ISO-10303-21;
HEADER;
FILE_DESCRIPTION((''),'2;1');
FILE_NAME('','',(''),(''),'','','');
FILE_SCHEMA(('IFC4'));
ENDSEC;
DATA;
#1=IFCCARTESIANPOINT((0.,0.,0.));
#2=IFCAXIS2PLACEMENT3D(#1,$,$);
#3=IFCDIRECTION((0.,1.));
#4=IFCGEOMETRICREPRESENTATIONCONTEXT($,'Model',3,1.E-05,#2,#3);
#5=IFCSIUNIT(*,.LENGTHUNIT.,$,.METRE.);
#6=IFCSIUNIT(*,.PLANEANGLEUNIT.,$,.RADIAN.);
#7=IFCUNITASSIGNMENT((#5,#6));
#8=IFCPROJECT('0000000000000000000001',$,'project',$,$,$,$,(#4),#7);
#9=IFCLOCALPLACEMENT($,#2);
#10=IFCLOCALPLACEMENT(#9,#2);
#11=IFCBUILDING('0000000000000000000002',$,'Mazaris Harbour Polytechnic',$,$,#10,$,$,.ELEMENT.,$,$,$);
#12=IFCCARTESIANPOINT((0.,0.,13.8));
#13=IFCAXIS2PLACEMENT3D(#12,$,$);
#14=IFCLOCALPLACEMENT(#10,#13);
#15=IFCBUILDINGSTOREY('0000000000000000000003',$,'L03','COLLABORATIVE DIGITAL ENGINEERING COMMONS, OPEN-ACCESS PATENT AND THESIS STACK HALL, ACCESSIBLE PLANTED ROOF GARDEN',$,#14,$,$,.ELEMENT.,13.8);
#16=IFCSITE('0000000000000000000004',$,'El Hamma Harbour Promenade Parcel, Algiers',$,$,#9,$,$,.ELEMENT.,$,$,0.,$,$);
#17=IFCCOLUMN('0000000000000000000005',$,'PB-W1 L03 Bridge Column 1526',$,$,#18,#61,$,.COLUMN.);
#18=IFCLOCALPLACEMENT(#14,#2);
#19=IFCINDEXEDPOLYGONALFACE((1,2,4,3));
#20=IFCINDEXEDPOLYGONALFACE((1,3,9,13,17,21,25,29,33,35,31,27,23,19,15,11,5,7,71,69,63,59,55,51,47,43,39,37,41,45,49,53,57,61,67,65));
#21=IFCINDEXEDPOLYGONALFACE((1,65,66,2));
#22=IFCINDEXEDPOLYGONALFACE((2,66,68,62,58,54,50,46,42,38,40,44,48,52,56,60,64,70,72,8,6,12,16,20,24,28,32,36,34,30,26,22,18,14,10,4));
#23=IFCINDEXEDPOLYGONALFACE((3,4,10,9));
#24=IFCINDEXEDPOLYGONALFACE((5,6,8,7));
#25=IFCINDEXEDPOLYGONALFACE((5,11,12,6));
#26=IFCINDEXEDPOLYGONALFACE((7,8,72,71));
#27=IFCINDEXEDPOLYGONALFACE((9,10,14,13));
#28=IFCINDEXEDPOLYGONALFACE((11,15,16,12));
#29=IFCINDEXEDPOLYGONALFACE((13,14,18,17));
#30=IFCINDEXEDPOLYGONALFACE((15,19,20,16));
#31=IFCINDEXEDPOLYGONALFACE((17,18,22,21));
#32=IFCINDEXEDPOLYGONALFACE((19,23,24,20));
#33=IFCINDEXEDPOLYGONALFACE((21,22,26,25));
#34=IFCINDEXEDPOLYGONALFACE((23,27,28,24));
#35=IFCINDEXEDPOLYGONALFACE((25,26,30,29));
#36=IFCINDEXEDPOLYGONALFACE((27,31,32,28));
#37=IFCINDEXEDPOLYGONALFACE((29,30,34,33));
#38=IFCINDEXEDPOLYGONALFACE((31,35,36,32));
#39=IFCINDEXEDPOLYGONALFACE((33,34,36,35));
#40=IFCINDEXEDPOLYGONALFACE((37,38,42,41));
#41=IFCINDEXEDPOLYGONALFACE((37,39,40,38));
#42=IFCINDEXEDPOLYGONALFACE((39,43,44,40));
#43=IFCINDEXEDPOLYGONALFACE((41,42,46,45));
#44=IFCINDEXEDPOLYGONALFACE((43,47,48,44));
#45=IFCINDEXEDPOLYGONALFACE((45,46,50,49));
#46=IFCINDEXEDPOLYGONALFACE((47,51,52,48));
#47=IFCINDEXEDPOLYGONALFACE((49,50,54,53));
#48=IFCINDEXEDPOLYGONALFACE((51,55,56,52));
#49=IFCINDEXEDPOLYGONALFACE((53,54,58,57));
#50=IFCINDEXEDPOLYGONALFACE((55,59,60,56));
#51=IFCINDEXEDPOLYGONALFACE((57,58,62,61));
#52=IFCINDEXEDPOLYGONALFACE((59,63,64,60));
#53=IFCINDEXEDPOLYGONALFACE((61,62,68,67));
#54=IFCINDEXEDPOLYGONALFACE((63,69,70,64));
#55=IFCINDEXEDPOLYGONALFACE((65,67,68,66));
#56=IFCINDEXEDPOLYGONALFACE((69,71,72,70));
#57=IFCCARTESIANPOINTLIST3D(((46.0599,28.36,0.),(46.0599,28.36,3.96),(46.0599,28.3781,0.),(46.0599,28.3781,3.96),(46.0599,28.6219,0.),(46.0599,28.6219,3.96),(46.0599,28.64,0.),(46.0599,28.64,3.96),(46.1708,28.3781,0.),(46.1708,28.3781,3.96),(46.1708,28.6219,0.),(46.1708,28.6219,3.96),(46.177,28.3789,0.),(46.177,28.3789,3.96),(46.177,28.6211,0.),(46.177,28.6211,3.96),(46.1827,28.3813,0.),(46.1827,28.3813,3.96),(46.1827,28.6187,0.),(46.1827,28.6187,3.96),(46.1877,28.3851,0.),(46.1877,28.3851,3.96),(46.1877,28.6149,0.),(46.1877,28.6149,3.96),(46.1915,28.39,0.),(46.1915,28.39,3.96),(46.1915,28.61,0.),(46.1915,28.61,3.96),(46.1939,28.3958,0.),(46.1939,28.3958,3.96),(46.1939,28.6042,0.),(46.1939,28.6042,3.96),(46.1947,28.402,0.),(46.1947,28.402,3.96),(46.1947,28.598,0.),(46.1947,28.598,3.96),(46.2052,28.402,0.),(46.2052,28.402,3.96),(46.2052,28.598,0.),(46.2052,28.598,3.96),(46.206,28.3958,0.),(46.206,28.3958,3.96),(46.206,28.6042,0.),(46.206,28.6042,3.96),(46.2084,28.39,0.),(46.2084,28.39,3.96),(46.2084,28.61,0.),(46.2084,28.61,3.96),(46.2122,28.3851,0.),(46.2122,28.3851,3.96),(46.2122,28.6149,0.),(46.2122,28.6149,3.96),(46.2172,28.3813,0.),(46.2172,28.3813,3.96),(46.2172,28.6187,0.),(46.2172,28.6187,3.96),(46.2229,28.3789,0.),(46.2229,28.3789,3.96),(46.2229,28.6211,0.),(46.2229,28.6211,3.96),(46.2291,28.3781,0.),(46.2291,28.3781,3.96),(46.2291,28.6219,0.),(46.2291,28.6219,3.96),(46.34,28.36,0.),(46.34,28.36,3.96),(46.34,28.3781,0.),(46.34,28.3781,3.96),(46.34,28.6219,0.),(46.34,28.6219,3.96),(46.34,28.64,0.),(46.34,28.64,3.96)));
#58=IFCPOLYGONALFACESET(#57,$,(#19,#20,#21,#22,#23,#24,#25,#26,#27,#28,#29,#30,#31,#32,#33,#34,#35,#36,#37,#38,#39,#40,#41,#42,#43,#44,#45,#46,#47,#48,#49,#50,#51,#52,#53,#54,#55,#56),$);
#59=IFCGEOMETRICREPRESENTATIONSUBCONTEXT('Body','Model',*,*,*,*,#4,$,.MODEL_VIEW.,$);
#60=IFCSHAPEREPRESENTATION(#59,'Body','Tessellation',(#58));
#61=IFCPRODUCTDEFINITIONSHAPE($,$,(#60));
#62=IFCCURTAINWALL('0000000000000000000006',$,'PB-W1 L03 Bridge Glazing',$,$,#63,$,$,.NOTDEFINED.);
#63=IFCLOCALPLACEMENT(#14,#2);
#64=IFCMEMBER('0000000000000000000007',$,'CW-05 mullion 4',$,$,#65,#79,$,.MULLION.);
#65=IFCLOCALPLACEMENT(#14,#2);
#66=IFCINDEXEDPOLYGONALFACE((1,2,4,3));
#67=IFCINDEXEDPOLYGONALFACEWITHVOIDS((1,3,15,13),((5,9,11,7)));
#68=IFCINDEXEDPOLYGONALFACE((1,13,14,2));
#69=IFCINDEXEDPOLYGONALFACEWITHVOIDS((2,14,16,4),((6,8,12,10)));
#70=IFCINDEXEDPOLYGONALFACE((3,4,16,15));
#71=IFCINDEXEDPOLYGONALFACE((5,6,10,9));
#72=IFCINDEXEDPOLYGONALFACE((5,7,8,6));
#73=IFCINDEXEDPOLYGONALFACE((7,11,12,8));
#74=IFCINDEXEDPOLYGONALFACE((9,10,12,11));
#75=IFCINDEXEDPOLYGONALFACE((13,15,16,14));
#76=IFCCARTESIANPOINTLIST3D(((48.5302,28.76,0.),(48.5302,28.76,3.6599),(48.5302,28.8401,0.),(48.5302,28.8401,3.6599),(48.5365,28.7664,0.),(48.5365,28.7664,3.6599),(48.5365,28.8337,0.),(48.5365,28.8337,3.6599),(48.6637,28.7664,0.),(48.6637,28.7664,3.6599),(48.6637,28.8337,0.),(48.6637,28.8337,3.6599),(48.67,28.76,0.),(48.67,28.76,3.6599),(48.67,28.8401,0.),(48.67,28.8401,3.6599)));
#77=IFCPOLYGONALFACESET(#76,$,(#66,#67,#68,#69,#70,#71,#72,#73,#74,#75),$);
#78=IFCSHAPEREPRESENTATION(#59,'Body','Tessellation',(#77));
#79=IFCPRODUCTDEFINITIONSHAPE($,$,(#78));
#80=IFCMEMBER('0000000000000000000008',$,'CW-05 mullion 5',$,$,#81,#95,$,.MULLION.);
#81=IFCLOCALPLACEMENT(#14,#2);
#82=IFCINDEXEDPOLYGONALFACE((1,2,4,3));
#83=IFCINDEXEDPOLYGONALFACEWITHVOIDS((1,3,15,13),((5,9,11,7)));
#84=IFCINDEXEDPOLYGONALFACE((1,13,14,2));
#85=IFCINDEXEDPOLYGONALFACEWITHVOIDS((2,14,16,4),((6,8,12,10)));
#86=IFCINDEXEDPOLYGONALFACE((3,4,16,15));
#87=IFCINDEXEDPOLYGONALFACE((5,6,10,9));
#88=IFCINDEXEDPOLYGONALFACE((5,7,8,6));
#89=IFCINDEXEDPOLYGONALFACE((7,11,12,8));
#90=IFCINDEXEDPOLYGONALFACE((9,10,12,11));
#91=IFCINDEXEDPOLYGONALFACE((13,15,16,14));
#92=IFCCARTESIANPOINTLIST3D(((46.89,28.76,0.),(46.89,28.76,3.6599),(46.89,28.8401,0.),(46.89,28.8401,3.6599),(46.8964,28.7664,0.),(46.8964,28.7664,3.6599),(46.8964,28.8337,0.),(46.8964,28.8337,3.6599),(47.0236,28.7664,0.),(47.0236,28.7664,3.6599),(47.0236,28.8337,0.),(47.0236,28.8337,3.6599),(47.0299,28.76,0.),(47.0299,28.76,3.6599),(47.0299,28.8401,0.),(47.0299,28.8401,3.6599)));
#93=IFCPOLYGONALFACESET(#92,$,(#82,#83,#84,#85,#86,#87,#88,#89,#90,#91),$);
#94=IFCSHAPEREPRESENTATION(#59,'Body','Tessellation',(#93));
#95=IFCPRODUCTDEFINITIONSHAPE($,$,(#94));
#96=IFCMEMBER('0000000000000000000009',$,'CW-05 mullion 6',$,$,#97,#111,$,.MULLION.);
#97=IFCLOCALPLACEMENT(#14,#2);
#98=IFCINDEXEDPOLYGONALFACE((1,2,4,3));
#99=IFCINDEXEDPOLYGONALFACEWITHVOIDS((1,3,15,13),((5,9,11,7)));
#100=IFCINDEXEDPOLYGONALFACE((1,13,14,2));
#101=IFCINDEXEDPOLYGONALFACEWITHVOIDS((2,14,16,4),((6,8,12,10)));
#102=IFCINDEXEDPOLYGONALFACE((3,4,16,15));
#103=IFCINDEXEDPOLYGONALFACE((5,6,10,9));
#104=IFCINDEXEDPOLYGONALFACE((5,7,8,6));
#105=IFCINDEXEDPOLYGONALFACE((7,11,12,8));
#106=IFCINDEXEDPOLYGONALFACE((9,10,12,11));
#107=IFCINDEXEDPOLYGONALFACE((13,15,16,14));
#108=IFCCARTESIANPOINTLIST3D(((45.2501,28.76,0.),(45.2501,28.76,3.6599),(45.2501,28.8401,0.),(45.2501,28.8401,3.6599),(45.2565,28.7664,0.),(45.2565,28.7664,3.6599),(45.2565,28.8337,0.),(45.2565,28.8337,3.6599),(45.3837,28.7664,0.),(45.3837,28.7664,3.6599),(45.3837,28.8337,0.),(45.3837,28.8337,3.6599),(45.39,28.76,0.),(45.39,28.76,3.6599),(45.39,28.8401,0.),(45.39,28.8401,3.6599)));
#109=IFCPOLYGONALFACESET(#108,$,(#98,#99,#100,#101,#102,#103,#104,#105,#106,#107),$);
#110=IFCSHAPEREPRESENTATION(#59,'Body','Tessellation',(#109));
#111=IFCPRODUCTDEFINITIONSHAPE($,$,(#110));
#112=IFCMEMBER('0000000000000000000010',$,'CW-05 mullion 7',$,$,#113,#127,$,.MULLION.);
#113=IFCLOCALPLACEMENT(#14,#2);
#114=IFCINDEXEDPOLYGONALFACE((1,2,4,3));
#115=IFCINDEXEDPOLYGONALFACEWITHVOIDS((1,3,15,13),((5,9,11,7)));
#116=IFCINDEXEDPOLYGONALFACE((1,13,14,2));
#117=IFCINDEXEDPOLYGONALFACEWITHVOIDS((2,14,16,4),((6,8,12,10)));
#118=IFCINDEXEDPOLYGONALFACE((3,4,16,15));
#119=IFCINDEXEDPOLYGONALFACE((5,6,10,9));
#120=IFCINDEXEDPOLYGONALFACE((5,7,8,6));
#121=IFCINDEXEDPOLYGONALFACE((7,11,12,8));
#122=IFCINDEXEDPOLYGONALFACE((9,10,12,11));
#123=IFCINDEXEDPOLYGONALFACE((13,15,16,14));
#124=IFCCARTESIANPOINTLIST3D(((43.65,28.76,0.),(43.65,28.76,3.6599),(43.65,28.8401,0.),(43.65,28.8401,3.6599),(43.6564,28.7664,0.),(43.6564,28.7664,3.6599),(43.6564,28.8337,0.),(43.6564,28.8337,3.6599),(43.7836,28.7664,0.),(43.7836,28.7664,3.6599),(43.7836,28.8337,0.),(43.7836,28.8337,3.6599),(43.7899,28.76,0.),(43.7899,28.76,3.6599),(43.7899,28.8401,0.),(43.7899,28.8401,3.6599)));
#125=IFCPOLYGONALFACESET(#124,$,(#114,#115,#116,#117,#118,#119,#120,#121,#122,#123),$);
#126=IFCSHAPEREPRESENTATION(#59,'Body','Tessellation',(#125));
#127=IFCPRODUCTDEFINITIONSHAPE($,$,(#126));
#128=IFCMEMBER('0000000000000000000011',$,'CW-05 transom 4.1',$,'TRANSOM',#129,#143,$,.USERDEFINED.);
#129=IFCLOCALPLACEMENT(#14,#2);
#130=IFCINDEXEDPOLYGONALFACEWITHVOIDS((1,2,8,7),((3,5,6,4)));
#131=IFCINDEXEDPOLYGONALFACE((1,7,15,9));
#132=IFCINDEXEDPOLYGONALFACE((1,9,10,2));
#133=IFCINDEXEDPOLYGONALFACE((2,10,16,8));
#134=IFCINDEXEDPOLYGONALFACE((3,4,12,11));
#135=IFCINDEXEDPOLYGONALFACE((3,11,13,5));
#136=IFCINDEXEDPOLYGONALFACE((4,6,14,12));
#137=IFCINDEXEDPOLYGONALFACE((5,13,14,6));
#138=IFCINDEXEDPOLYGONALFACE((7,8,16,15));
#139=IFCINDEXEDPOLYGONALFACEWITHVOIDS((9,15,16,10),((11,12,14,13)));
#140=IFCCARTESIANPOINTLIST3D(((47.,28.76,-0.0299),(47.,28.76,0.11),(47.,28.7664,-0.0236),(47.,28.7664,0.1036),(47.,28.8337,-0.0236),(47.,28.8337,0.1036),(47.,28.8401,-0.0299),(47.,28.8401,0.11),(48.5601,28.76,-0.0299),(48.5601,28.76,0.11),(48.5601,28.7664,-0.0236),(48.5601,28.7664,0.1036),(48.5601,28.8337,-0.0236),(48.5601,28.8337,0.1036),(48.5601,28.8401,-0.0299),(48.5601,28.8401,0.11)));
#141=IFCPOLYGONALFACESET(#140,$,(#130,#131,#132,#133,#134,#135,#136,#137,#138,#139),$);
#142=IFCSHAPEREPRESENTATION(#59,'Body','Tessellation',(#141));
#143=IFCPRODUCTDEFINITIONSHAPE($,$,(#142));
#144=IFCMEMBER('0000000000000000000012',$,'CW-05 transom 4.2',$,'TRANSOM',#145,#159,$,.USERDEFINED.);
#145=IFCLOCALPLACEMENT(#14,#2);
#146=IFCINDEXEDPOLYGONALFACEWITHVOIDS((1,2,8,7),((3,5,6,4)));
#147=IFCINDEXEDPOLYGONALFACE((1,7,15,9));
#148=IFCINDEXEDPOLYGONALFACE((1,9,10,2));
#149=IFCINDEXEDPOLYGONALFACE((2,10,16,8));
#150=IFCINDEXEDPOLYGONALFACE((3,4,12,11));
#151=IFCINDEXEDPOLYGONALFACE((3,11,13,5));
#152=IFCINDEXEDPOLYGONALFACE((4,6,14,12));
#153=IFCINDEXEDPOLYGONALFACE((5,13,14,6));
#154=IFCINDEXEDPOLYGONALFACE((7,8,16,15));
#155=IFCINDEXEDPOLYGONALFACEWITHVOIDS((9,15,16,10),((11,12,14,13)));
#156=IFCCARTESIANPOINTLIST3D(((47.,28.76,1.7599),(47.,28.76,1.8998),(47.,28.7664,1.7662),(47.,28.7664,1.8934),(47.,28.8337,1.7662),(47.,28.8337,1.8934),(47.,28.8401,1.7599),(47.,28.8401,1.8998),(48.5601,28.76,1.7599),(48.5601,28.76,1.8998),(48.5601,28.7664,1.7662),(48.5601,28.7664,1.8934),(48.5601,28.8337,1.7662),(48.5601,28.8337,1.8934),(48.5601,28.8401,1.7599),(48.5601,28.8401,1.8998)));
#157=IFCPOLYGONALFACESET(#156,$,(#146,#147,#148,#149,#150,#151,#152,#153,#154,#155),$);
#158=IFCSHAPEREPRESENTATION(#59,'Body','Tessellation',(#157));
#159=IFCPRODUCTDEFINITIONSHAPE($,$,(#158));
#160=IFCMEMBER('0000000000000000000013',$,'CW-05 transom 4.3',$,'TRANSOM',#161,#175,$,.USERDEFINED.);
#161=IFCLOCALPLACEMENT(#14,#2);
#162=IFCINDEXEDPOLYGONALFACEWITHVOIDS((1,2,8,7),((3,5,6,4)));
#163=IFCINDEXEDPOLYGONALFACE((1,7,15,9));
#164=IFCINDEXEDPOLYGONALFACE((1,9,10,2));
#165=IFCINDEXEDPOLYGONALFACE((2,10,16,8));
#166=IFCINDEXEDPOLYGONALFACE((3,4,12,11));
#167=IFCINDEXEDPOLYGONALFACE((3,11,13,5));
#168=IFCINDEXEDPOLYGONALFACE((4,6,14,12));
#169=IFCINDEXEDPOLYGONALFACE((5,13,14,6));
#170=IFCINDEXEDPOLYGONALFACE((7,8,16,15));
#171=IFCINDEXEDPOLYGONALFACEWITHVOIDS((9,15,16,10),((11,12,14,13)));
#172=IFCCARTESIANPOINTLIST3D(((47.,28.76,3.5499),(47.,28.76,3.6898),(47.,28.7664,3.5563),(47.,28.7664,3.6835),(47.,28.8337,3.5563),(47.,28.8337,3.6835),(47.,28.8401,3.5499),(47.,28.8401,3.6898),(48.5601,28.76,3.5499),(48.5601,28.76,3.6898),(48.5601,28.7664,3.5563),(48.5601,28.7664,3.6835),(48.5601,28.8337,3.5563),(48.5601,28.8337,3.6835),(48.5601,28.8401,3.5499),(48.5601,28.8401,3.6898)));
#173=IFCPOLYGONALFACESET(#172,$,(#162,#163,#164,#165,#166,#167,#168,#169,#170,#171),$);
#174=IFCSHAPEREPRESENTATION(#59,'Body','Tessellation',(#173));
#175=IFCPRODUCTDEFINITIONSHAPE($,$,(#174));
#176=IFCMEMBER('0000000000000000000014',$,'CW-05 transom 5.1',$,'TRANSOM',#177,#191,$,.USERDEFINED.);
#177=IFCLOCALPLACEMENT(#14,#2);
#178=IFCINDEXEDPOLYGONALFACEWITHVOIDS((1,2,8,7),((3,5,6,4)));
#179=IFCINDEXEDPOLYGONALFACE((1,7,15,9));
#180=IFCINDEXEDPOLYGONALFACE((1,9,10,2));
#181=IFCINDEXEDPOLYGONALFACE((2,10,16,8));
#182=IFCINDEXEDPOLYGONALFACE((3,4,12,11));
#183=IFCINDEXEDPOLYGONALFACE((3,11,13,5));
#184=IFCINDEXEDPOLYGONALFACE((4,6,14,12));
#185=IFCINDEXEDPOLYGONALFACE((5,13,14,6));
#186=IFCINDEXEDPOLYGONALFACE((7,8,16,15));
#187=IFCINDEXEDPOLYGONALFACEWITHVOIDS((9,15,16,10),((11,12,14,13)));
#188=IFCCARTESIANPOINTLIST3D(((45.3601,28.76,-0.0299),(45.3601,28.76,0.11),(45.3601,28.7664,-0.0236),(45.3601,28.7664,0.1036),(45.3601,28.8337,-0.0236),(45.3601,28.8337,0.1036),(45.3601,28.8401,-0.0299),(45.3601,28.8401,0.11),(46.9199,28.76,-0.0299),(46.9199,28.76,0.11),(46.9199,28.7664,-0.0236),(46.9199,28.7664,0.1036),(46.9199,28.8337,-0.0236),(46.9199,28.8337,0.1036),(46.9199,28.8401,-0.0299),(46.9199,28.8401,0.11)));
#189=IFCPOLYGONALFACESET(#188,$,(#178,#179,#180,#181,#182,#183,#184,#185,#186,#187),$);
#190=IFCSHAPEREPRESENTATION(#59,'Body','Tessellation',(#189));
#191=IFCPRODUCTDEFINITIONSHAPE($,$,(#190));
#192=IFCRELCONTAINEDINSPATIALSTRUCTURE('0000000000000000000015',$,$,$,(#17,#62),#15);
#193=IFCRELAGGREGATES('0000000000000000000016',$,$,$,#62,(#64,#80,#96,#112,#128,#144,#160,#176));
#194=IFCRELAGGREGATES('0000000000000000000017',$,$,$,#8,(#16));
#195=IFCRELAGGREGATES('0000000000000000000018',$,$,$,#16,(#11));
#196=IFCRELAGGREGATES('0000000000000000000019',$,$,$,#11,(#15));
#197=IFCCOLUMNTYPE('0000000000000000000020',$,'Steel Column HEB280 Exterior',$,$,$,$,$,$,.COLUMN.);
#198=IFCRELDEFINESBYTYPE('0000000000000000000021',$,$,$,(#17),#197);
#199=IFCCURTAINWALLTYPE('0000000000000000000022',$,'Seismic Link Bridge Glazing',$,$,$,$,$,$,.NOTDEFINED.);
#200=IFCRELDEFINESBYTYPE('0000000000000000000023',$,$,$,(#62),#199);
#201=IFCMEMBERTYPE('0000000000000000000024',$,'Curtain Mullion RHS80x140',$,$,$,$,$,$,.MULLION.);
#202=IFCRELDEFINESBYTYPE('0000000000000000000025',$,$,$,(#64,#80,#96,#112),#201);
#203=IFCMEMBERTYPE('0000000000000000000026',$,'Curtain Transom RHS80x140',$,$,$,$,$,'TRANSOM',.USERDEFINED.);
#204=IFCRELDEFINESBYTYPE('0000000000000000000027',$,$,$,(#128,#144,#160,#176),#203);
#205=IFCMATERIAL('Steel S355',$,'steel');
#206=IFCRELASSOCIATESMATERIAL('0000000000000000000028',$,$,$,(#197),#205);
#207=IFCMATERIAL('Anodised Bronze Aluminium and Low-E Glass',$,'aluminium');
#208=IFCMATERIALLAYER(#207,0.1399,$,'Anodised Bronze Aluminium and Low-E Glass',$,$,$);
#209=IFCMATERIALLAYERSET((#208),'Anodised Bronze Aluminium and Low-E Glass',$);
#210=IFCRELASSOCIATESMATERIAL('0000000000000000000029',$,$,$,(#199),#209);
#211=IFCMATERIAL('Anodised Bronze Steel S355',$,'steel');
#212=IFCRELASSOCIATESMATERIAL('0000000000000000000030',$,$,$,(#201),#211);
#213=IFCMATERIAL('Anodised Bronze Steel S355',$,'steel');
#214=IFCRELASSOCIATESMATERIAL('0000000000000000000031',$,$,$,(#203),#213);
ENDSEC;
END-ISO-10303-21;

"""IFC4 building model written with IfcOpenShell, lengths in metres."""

from ifc_helpers import new_model, si_unit, direction, frame, origin, origin_2d, place, context, subcontext, project, spatial, hollow_rectangle, i_section, extrude, material, layer, layer_set, material_profile, profile_set, type_object, element, aggregate, save


model = new_model("IFC4")

# Units and contexts
model_context = context("Model", 3, precision=1e-05, world=origin(), true_north=direction((0.0, 1.0)))
body_context = subcontext(model_context, "Body", "Model", "MODEL_VIEW")
ifc_project = project(units=[si_unit("LENGTHUNIT", "METRE"), si_unit("PLANEANGLEUNIT", "RADIAN")], contexts=[model_context])

# Site, building, storey
site_placement = place(None, origin())
site = spatial("IfcSite", under=ifc_project, at=site_placement, Name="El Hamma Harbour Promenade Parcel, Algiers", CompositionType="ELEMENT", RefElevation=0.0)
building_placement = place(site_placement, origin())
building = spatial("IfcBuilding", under=site, at=building_placement, Name="Mazaris Harbour Polytechnic", CompositionType="ELEMENT")
storey_placement = place(building_placement, frame((0.0, 0.0, 13.8)))
storey = spatial("IfcBuildingStorey", under=building, at=storey_placement, Name="L03", Description="COLLABORATIVE DIGITAL ENGINEERING COMMONS, OPEN-ACCESS PATENT AND THESIS STACK HALL, ACCESSIBLE PLANTED ROOF GARDEN", CompositionType="ELEMENT", Elevation=13.8)

# Column
ifc_material_1 = material(Name="Steel S355", Category="steel")
ifc_material_profile_1 = material_profile(ifc_material_1, i_section(OverallWidth=0.28, OverallDepth=0.28, WebThickness=0.0105, FlangeThickness=0.0181, FilletRadius=0.0239, at=origin_2d()), Name="HEB 280")
ifc_profile_set_1 = profile_set([ifc_material_profile_1], Name="Steel S355")
column_type = type_object("IfcColumnType", Name="Steel Column HEB280 Exterior", PredefinedType="COLUMN", material=ifc_profile_set_1)
column_placement = place(storey_placement, frame((46.2, 28.5, 0.0), z_axis=(0.0, 0.0, 1.0), x_axis=(1.0, 0.0, 0.0)))
element("IfcColumn", 1, at=column_placement, inside=storey, type_object=column_type, Name="PB-W1 L03 Bridge Column 1526", PredefinedType="COLUMN", context=body_context, shape_type="SweptSolid", body=[
    extrude(i_section(OverallWidth=0.28, OverallDepth=0.28, WebThickness=0.0105, FlangeThickness=0.0181, FilletRadius=0.0239, at=origin_2d()), origin(), (0.0, 0.0, 1.0), 3.96),
])

# Curtain wall, members
ifc_material_2 = material(Name="Anodised Bronze Aluminium and Low-E Glass", Category="aluminium")
ifc_layer_1 = layer(ifc_material_2, 0.1399, Name="Anodised Bronze Aluminium and Low-E Glass")
ifc_layer_set_1 = layer_set([ifc_layer_1], Name="Anodised Bronze Aluminium and Low-E Glass")
curtain_wall_type = type_object("IfcCurtainWallType", Name="Seismic Link Bridge Glazing", PredefinedType="NOTDEFINED", material=ifc_layer_set_1)
curtain_wall_placement = place(storey_placement, origin())
curtain_wall = element("IfcCurtainWall", 2, at=curtain_wall_placement, inside=storey, type_object=curtain_wall_type, Name="PB-W1 L03 Bridge Glazing", PredefinedType="NOTDEFINED")
ifc_material_3 = material(Name="Anodised Bronze Steel S355", Category="steel")
ifc_material_profile_2 = material_profile(ifc_material_3, hollow_rectangle(XDim=0.0801, YDim=0.1399, WallThickness=0.0063, at=origin_2d()), Name="RHS 80x140x6.3")
ifc_profile_set_2 = profile_set([ifc_material_profile_2], Name="Anodised Bronze Steel S355")
member_type_1 = type_object("IfcMemberType", Name="Curtain Mullion RHS80x140", PredefinedType="MULLION", material=ifc_profile_set_2)
member_1_placement = place(storey_placement, frame((48.6001, 28.8, 0.0), z_axis=(0.0, 0.0, 1.0), x_axis=(0.0, -1.0, 0.0)))
member_1 = element("IfcMember", 3, at=member_1_placement, type_object=member_type_1, Name="CW-05 mullion 4", PredefinedType="MULLION", context=body_context, shape_type="SweptSolid", body=[
    extrude(hollow_rectangle(XDim=0.0801, YDim=0.1399, WallThickness=0.0063, at=origin_2d()), origin(), (0.0, 0.0, 1.0), 3.6599),
])
member_2_placement = place(storey_placement, frame((46.96, 28.8, 0.0), z_axis=(0.0, 0.0, 1.0), x_axis=(0.0, -1.0, 0.0)))
member_2 = element("IfcMember", 4, at=member_2_placement, type_object=member_type_1, Name="CW-05 mullion 5", PredefinedType="MULLION", context=body_context, shape_type="SweptSolid", body=[
    extrude(hollow_rectangle(XDim=0.0801, YDim=0.1399, WallThickness=0.0063, at=origin_2d()), origin(), (0.0, 0.0, 1.0), 3.6599),
])
member_3_placement = place(storey_placement, frame((45.3201, 28.8, 0.0), z_axis=(0.0, 0.0, 1.0), x_axis=(0.0, -1.0, 0.0)))
member_3 = element("IfcMember", 5, at=member_3_placement, type_object=member_type_1, Name="CW-05 mullion 6", PredefinedType="MULLION", context=body_context, shape_type="SweptSolid", body=[
    extrude(hollow_rectangle(XDim=0.0801, YDim=0.1399, WallThickness=0.0063, at=origin_2d()), origin(), (0.0, 0.0, 1.0), 3.6599),
])
member_4_placement = place(storey_placement, frame((43.72, 28.8, 0.0), z_axis=(0.0, 0.0, 1.0), x_axis=(0.0, -1.0, 0.0)))
member_4 = element("IfcMember", 6, at=member_4_placement, type_object=member_type_1, Name="CW-05 mullion 7", PredefinedType="MULLION", context=body_context, shape_type="SweptSolid", body=[
    extrude(hollow_rectangle(XDim=0.0801, YDim=0.1399, WallThickness=0.0063, at=origin_2d()), origin(), (0.0, 0.0, 1.0), 3.6599),
])
ifc_material_4 = material(Name="Anodised Bronze Steel S355", Category="steel")
ifc_material_profile_3 = material_profile(ifc_material_4, hollow_rectangle(XDim=0.0801, YDim=0.1399, WallThickness=0.0063, at=origin_2d()), Name="RHS 80x140x6.3")
ifc_profile_set_3 = profile_set([ifc_material_profile_3], Name="Anodised Bronze Steel S355")
member_type_2 = type_object("IfcMemberType", Name="Curtain Transom RHS80x140", ElementType="TRANSOM", PredefinedType="USERDEFINED", material=ifc_profile_set_3)
member_5_placement = place(storey_placement, frame((48.5601, 28.8, 0.04), z_axis=(-1.0, 0.0, 0.0), x_axis=(0.0, -1.0, 0.0)))
member_5 = element("IfcMember", 7, at=member_5_placement, type_object=member_type_2, Name="CW-05 transom 4.1", ObjectType="TRANSOM", PredefinedType="USERDEFINED", context=body_context, shape_type="SweptSolid", body=[
    extrude(hollow_rectangle(XDim=0.0801, YDim=0.1399, WallThickness=0.0063, at=origin_2d()), origin(), (0.0, 0.0, 1.0), 1.5601),
])
member_6_placement = place(storey_placement, frame((48.5601, 28.8, 1.8298), z_axis=(-1.0, 0.0, 0.0), x_axis=(0.0, -1.0, 0.0)))
member_6 = element("IfcMember", 8, at=member_6_placement, type_object=member_type_2, Name="CW-05 transom 4.2", ObjectType="TRANSOM", PredefinedType="USERDEFINED", context=body_context, shape_type="SweptSolid", body=[
    extrude(hollow_rectangle(XDim=0.0801, YDim=0.1399, WallThickness=0.0063, at=origin_2d()), origin(), (0.0, 0.0, 1.0), 1.5601),
])
member_7_placement = place(storey_placement, frame((48.5601, 28.8, 3.6199), z_axis=(-1.0, 0.0, 0.0), x_axis=(0.0, -1.0, 0.0)))
member_7 = element("IfcMember", 9, at=member_7_placement, type_object=member_type_2, Name="CW-05 transom 4.3", ObjectType="TRANSOM", PredefinedType="USERDEFINED", context=body_context, shape_type="SweptSolid", body=[
    extrude(hollow_rectangle(XDim=0.0801, YDim=0.1399, WallThickness=0.0063, at=origin_2d()), origin(), (0.0, 0.0, 1.0), 1.5601),
])
member_8_placement = place(storey_placement, frame((46.9199, 28.8, 0.04), z_axis=(-1.0, 0.0, 0.0), x_axis=(0.0, -1.0, 0.0)))
member_8 = element("IfcMember", 10, at=member_8_placement, type_object=member_type_2, Name="CW-05 transom 5.1", ObjectType="TRANSOM", PredefinedType="USERDEFINED", context=body_context, shape_type="SweptSolid", body=[
    extrude(hollow_rectangle(XDim=0.0801, YDim=0.1399, WallThickness=0.0063, at=origin_2d()), origin(), (0.0, 0.0, 1.0), 1.5598),
])

aggregate(curtain_wall, [member_1, member_2, member_3, member_4, member_5, member_6, member_7, member_8])

save(model, "model.ifc")
